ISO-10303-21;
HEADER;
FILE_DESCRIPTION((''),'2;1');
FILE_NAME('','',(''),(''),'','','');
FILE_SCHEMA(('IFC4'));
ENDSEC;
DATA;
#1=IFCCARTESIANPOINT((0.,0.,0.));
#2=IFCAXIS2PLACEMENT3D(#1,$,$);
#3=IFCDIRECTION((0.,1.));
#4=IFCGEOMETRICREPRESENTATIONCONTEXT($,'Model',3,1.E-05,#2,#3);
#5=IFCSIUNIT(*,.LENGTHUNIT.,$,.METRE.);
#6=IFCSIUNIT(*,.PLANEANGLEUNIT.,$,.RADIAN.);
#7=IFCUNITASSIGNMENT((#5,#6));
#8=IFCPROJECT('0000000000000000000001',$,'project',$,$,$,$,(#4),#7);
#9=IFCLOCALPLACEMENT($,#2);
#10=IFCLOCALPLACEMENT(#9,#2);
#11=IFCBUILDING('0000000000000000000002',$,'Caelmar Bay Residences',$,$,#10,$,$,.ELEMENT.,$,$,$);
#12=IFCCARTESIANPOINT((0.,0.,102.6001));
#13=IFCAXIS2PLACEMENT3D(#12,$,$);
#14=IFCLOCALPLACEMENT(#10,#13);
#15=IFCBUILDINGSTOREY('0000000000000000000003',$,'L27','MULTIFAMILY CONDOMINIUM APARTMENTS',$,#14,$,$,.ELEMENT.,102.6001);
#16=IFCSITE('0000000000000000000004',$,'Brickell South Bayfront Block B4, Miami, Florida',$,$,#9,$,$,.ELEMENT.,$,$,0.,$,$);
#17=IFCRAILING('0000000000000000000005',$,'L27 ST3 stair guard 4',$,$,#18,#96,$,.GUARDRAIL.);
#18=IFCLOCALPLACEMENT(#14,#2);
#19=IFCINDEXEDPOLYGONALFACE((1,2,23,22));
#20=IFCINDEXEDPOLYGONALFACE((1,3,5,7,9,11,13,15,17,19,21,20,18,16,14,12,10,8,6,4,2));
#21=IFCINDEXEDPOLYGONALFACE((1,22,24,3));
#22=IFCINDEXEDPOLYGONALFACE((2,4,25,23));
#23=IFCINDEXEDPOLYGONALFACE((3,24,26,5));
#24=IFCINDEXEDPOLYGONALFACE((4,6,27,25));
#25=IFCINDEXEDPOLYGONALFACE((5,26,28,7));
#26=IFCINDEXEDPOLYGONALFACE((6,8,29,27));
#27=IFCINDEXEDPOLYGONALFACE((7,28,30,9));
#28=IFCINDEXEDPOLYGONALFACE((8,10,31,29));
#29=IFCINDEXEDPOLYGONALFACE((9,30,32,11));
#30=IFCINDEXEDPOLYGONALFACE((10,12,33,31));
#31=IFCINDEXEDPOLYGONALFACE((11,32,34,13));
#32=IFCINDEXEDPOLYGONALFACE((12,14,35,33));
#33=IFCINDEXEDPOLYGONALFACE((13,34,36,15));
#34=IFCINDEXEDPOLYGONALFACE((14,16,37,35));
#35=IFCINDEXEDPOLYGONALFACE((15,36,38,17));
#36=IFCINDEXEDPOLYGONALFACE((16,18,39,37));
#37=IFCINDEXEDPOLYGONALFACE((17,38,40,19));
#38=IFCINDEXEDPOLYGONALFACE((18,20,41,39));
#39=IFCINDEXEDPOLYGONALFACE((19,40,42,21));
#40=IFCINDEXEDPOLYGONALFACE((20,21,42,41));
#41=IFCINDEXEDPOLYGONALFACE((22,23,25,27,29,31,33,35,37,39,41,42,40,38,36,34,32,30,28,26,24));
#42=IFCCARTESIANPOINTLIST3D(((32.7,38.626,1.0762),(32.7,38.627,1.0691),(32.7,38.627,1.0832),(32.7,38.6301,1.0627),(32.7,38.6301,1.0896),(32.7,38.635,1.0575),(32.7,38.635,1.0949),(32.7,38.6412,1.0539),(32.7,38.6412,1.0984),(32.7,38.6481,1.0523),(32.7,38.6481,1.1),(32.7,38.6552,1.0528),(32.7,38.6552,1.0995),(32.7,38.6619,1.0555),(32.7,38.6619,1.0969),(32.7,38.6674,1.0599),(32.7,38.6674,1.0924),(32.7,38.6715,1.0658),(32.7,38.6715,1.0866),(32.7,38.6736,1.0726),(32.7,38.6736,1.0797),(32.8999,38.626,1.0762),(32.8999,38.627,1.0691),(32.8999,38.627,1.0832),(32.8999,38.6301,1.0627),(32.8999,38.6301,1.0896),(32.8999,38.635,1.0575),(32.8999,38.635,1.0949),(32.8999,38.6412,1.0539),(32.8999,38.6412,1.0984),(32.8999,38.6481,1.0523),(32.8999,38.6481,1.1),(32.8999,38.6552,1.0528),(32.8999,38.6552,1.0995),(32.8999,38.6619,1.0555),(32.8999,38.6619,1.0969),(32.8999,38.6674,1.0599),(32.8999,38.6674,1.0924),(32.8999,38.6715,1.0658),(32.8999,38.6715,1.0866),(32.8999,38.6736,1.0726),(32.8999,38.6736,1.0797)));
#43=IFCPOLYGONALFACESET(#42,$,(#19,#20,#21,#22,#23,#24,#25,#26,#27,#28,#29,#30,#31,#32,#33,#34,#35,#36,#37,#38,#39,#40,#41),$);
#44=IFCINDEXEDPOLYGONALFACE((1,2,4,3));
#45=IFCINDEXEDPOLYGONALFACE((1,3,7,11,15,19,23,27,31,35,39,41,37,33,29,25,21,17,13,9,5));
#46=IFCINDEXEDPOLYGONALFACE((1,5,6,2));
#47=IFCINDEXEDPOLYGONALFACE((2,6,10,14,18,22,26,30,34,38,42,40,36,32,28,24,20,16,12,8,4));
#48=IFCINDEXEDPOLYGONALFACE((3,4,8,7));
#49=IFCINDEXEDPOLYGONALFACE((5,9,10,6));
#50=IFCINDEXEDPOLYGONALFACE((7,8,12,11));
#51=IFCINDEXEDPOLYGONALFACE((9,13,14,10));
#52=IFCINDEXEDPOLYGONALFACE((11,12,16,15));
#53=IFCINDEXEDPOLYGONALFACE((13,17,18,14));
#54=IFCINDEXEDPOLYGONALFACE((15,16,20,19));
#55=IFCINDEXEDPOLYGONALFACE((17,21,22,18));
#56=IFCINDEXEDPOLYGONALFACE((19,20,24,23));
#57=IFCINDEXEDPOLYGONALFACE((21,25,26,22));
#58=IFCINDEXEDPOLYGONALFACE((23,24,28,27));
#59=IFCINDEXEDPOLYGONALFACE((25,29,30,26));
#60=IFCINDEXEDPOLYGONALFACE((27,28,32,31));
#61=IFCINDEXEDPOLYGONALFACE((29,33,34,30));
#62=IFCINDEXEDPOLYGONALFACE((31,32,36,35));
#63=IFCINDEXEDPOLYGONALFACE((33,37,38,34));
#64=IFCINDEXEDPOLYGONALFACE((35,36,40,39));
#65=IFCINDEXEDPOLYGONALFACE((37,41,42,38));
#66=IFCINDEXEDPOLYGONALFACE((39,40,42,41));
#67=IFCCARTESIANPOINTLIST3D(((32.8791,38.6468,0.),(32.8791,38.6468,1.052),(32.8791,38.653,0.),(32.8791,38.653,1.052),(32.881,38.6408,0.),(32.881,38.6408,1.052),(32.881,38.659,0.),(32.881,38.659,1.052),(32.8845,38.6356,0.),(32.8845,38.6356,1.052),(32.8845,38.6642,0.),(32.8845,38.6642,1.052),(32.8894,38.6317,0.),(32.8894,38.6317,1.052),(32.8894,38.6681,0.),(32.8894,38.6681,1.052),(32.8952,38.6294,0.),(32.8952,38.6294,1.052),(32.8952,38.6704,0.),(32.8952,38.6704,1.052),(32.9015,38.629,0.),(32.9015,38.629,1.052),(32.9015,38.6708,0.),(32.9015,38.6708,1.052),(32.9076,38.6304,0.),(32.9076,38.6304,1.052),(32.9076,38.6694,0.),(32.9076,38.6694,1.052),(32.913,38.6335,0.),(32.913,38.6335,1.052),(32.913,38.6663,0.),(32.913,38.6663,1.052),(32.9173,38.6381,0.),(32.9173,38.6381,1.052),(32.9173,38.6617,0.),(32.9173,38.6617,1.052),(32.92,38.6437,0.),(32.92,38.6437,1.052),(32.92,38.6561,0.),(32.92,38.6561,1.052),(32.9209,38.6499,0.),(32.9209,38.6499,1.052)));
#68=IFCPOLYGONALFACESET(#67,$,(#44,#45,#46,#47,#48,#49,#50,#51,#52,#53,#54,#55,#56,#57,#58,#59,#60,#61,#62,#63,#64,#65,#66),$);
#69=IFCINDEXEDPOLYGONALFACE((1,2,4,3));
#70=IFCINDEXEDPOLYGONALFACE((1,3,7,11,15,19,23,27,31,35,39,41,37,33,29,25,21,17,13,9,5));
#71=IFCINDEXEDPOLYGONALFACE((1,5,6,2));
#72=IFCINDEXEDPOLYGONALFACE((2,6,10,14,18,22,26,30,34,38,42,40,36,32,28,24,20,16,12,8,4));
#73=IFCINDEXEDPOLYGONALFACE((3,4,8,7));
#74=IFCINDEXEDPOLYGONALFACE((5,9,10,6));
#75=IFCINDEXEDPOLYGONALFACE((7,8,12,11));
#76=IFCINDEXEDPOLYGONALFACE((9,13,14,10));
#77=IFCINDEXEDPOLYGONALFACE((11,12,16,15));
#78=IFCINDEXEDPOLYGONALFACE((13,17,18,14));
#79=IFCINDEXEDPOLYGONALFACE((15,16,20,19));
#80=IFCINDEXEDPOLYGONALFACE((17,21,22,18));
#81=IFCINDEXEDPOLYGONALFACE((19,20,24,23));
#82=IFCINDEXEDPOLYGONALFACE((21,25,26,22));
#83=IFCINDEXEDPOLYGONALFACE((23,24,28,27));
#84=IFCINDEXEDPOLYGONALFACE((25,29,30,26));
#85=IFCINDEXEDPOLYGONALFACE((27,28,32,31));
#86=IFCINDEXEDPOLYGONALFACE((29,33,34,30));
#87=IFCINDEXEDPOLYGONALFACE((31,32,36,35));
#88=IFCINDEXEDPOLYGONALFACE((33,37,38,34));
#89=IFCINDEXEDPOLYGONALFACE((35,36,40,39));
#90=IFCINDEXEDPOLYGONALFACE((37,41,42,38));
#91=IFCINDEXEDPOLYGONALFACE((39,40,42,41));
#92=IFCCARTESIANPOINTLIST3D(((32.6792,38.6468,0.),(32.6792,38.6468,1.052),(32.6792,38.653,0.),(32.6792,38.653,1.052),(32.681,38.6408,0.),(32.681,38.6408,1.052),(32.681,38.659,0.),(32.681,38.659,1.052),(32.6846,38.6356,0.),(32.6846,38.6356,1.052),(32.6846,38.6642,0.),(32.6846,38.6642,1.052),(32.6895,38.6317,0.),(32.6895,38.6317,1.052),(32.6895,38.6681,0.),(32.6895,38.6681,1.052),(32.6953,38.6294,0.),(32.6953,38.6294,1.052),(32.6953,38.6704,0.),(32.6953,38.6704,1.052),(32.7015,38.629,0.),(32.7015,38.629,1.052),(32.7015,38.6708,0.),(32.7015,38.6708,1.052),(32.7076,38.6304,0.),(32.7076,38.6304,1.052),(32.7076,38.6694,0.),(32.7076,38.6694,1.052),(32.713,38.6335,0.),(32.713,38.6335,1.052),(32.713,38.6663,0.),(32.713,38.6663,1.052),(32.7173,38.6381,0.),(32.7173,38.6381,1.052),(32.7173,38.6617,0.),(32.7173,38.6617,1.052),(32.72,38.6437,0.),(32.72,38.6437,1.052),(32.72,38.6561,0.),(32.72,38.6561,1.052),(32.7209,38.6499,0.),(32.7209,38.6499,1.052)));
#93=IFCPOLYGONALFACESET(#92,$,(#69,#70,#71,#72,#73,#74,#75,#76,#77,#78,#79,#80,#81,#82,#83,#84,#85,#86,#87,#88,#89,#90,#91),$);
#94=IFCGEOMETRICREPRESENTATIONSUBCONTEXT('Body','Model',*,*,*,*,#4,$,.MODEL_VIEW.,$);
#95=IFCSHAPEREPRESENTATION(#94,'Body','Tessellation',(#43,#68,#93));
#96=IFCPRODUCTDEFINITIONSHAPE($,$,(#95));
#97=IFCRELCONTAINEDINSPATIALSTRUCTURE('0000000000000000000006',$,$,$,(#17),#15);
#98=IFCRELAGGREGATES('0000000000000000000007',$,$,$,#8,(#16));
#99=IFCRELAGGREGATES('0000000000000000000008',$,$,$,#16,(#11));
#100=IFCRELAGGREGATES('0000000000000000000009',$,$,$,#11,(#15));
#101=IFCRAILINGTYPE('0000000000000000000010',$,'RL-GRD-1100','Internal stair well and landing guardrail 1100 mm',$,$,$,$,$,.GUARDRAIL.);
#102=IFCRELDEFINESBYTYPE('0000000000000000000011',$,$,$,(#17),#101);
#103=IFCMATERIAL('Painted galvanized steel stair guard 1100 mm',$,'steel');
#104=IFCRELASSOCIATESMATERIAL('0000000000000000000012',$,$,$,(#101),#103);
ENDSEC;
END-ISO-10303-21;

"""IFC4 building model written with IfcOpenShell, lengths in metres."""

from ifc_helpers import new_model, si_unit, direction, frame, origin, origin_2d, place, context, subcontext, project, spatial, circle, extrude, material, type_object, element, save


model = new_model("IFC4")

# Units and contexts
model_context = context("Model", 3, precision=1e-05, world=origin(), true_north=direction((0.0, 1.0)))
body_context = subcontext(model_context, "Body", "Model", "MODEL_VIEW")
ifc_project = project(units=[si_unit("LENGTHUNIT", "METRE"), si_unit("PLANEANGLEUNIT", "RADIAN")], contexts=[model_context])

# Site, building, storey
site_placement = place(None, origin())
site = spatial("IfcSite", under=ifc_project, at=site_placement, Name="Brickell South Bayfront Block B4, Miami, Florida", CompositionType="ELEMENT", RefElevation=0.0)
building_placement = place(site_placement, origin())
building = spatial("IfcBuilding", under=site, at=building_placement, Name="Caelmar Bay Residences", CompositionType="ELEMENT")
storey_placement = place(building_placement, frame((0.0, 0.0, 102.6001)))
storey = spatial("IfcBuildingStorey", under=building, at=storey_placement, Name="L27", Description="MULTIFAMILY CONDOMINIUM APARTMENTS", CompositionType="ELEMENT", Elevation=102.6001)

# Railing
ifc_material_1 = material(Name="Painted galvanized steel stair guard 1100 mm", Category="steel")
railing_type_1 = type_object("IfcRailingType", Name="RL-GRD-1100", Description="Internal stair well and landing guardrail 1100 mm", PredefinedType="GUARDRAIL", material=ifc_material_1)
railing_1_placement = place(storey_placement, frame((32.8999, 38.6499, 0.0)))
element("IfcRailing", 1, at=railing_1_placement, inside=storey, type_object=railing_type_1, Name="L27 ST3 stair guard 4", PredefinedType="GUARDRAIL", context=body_context, shape_type="SweptSolid", body=[
    extrude(circle(Radius=0.0239, at=origin_2d()), frame((0.0, 0.0, 1.0762), z_axis=(-1.0, 0.0, 0.0), x_axis=(0.0, -1.0, 0.0)), (0.0, 0.0, 1.0), 0.2),
    extrude(circle(Radius=0.021, at=origin_2d()), origin(), (0.0, 0.0, 1.0), 1.052),
    extrude(circle(Radius=0.021, at=origin_2d()), frame((-0.2, 0.0, 0.0)), (0.0, 0.0, 1.0), 1.052),
])

save(model, "model.ifc")
